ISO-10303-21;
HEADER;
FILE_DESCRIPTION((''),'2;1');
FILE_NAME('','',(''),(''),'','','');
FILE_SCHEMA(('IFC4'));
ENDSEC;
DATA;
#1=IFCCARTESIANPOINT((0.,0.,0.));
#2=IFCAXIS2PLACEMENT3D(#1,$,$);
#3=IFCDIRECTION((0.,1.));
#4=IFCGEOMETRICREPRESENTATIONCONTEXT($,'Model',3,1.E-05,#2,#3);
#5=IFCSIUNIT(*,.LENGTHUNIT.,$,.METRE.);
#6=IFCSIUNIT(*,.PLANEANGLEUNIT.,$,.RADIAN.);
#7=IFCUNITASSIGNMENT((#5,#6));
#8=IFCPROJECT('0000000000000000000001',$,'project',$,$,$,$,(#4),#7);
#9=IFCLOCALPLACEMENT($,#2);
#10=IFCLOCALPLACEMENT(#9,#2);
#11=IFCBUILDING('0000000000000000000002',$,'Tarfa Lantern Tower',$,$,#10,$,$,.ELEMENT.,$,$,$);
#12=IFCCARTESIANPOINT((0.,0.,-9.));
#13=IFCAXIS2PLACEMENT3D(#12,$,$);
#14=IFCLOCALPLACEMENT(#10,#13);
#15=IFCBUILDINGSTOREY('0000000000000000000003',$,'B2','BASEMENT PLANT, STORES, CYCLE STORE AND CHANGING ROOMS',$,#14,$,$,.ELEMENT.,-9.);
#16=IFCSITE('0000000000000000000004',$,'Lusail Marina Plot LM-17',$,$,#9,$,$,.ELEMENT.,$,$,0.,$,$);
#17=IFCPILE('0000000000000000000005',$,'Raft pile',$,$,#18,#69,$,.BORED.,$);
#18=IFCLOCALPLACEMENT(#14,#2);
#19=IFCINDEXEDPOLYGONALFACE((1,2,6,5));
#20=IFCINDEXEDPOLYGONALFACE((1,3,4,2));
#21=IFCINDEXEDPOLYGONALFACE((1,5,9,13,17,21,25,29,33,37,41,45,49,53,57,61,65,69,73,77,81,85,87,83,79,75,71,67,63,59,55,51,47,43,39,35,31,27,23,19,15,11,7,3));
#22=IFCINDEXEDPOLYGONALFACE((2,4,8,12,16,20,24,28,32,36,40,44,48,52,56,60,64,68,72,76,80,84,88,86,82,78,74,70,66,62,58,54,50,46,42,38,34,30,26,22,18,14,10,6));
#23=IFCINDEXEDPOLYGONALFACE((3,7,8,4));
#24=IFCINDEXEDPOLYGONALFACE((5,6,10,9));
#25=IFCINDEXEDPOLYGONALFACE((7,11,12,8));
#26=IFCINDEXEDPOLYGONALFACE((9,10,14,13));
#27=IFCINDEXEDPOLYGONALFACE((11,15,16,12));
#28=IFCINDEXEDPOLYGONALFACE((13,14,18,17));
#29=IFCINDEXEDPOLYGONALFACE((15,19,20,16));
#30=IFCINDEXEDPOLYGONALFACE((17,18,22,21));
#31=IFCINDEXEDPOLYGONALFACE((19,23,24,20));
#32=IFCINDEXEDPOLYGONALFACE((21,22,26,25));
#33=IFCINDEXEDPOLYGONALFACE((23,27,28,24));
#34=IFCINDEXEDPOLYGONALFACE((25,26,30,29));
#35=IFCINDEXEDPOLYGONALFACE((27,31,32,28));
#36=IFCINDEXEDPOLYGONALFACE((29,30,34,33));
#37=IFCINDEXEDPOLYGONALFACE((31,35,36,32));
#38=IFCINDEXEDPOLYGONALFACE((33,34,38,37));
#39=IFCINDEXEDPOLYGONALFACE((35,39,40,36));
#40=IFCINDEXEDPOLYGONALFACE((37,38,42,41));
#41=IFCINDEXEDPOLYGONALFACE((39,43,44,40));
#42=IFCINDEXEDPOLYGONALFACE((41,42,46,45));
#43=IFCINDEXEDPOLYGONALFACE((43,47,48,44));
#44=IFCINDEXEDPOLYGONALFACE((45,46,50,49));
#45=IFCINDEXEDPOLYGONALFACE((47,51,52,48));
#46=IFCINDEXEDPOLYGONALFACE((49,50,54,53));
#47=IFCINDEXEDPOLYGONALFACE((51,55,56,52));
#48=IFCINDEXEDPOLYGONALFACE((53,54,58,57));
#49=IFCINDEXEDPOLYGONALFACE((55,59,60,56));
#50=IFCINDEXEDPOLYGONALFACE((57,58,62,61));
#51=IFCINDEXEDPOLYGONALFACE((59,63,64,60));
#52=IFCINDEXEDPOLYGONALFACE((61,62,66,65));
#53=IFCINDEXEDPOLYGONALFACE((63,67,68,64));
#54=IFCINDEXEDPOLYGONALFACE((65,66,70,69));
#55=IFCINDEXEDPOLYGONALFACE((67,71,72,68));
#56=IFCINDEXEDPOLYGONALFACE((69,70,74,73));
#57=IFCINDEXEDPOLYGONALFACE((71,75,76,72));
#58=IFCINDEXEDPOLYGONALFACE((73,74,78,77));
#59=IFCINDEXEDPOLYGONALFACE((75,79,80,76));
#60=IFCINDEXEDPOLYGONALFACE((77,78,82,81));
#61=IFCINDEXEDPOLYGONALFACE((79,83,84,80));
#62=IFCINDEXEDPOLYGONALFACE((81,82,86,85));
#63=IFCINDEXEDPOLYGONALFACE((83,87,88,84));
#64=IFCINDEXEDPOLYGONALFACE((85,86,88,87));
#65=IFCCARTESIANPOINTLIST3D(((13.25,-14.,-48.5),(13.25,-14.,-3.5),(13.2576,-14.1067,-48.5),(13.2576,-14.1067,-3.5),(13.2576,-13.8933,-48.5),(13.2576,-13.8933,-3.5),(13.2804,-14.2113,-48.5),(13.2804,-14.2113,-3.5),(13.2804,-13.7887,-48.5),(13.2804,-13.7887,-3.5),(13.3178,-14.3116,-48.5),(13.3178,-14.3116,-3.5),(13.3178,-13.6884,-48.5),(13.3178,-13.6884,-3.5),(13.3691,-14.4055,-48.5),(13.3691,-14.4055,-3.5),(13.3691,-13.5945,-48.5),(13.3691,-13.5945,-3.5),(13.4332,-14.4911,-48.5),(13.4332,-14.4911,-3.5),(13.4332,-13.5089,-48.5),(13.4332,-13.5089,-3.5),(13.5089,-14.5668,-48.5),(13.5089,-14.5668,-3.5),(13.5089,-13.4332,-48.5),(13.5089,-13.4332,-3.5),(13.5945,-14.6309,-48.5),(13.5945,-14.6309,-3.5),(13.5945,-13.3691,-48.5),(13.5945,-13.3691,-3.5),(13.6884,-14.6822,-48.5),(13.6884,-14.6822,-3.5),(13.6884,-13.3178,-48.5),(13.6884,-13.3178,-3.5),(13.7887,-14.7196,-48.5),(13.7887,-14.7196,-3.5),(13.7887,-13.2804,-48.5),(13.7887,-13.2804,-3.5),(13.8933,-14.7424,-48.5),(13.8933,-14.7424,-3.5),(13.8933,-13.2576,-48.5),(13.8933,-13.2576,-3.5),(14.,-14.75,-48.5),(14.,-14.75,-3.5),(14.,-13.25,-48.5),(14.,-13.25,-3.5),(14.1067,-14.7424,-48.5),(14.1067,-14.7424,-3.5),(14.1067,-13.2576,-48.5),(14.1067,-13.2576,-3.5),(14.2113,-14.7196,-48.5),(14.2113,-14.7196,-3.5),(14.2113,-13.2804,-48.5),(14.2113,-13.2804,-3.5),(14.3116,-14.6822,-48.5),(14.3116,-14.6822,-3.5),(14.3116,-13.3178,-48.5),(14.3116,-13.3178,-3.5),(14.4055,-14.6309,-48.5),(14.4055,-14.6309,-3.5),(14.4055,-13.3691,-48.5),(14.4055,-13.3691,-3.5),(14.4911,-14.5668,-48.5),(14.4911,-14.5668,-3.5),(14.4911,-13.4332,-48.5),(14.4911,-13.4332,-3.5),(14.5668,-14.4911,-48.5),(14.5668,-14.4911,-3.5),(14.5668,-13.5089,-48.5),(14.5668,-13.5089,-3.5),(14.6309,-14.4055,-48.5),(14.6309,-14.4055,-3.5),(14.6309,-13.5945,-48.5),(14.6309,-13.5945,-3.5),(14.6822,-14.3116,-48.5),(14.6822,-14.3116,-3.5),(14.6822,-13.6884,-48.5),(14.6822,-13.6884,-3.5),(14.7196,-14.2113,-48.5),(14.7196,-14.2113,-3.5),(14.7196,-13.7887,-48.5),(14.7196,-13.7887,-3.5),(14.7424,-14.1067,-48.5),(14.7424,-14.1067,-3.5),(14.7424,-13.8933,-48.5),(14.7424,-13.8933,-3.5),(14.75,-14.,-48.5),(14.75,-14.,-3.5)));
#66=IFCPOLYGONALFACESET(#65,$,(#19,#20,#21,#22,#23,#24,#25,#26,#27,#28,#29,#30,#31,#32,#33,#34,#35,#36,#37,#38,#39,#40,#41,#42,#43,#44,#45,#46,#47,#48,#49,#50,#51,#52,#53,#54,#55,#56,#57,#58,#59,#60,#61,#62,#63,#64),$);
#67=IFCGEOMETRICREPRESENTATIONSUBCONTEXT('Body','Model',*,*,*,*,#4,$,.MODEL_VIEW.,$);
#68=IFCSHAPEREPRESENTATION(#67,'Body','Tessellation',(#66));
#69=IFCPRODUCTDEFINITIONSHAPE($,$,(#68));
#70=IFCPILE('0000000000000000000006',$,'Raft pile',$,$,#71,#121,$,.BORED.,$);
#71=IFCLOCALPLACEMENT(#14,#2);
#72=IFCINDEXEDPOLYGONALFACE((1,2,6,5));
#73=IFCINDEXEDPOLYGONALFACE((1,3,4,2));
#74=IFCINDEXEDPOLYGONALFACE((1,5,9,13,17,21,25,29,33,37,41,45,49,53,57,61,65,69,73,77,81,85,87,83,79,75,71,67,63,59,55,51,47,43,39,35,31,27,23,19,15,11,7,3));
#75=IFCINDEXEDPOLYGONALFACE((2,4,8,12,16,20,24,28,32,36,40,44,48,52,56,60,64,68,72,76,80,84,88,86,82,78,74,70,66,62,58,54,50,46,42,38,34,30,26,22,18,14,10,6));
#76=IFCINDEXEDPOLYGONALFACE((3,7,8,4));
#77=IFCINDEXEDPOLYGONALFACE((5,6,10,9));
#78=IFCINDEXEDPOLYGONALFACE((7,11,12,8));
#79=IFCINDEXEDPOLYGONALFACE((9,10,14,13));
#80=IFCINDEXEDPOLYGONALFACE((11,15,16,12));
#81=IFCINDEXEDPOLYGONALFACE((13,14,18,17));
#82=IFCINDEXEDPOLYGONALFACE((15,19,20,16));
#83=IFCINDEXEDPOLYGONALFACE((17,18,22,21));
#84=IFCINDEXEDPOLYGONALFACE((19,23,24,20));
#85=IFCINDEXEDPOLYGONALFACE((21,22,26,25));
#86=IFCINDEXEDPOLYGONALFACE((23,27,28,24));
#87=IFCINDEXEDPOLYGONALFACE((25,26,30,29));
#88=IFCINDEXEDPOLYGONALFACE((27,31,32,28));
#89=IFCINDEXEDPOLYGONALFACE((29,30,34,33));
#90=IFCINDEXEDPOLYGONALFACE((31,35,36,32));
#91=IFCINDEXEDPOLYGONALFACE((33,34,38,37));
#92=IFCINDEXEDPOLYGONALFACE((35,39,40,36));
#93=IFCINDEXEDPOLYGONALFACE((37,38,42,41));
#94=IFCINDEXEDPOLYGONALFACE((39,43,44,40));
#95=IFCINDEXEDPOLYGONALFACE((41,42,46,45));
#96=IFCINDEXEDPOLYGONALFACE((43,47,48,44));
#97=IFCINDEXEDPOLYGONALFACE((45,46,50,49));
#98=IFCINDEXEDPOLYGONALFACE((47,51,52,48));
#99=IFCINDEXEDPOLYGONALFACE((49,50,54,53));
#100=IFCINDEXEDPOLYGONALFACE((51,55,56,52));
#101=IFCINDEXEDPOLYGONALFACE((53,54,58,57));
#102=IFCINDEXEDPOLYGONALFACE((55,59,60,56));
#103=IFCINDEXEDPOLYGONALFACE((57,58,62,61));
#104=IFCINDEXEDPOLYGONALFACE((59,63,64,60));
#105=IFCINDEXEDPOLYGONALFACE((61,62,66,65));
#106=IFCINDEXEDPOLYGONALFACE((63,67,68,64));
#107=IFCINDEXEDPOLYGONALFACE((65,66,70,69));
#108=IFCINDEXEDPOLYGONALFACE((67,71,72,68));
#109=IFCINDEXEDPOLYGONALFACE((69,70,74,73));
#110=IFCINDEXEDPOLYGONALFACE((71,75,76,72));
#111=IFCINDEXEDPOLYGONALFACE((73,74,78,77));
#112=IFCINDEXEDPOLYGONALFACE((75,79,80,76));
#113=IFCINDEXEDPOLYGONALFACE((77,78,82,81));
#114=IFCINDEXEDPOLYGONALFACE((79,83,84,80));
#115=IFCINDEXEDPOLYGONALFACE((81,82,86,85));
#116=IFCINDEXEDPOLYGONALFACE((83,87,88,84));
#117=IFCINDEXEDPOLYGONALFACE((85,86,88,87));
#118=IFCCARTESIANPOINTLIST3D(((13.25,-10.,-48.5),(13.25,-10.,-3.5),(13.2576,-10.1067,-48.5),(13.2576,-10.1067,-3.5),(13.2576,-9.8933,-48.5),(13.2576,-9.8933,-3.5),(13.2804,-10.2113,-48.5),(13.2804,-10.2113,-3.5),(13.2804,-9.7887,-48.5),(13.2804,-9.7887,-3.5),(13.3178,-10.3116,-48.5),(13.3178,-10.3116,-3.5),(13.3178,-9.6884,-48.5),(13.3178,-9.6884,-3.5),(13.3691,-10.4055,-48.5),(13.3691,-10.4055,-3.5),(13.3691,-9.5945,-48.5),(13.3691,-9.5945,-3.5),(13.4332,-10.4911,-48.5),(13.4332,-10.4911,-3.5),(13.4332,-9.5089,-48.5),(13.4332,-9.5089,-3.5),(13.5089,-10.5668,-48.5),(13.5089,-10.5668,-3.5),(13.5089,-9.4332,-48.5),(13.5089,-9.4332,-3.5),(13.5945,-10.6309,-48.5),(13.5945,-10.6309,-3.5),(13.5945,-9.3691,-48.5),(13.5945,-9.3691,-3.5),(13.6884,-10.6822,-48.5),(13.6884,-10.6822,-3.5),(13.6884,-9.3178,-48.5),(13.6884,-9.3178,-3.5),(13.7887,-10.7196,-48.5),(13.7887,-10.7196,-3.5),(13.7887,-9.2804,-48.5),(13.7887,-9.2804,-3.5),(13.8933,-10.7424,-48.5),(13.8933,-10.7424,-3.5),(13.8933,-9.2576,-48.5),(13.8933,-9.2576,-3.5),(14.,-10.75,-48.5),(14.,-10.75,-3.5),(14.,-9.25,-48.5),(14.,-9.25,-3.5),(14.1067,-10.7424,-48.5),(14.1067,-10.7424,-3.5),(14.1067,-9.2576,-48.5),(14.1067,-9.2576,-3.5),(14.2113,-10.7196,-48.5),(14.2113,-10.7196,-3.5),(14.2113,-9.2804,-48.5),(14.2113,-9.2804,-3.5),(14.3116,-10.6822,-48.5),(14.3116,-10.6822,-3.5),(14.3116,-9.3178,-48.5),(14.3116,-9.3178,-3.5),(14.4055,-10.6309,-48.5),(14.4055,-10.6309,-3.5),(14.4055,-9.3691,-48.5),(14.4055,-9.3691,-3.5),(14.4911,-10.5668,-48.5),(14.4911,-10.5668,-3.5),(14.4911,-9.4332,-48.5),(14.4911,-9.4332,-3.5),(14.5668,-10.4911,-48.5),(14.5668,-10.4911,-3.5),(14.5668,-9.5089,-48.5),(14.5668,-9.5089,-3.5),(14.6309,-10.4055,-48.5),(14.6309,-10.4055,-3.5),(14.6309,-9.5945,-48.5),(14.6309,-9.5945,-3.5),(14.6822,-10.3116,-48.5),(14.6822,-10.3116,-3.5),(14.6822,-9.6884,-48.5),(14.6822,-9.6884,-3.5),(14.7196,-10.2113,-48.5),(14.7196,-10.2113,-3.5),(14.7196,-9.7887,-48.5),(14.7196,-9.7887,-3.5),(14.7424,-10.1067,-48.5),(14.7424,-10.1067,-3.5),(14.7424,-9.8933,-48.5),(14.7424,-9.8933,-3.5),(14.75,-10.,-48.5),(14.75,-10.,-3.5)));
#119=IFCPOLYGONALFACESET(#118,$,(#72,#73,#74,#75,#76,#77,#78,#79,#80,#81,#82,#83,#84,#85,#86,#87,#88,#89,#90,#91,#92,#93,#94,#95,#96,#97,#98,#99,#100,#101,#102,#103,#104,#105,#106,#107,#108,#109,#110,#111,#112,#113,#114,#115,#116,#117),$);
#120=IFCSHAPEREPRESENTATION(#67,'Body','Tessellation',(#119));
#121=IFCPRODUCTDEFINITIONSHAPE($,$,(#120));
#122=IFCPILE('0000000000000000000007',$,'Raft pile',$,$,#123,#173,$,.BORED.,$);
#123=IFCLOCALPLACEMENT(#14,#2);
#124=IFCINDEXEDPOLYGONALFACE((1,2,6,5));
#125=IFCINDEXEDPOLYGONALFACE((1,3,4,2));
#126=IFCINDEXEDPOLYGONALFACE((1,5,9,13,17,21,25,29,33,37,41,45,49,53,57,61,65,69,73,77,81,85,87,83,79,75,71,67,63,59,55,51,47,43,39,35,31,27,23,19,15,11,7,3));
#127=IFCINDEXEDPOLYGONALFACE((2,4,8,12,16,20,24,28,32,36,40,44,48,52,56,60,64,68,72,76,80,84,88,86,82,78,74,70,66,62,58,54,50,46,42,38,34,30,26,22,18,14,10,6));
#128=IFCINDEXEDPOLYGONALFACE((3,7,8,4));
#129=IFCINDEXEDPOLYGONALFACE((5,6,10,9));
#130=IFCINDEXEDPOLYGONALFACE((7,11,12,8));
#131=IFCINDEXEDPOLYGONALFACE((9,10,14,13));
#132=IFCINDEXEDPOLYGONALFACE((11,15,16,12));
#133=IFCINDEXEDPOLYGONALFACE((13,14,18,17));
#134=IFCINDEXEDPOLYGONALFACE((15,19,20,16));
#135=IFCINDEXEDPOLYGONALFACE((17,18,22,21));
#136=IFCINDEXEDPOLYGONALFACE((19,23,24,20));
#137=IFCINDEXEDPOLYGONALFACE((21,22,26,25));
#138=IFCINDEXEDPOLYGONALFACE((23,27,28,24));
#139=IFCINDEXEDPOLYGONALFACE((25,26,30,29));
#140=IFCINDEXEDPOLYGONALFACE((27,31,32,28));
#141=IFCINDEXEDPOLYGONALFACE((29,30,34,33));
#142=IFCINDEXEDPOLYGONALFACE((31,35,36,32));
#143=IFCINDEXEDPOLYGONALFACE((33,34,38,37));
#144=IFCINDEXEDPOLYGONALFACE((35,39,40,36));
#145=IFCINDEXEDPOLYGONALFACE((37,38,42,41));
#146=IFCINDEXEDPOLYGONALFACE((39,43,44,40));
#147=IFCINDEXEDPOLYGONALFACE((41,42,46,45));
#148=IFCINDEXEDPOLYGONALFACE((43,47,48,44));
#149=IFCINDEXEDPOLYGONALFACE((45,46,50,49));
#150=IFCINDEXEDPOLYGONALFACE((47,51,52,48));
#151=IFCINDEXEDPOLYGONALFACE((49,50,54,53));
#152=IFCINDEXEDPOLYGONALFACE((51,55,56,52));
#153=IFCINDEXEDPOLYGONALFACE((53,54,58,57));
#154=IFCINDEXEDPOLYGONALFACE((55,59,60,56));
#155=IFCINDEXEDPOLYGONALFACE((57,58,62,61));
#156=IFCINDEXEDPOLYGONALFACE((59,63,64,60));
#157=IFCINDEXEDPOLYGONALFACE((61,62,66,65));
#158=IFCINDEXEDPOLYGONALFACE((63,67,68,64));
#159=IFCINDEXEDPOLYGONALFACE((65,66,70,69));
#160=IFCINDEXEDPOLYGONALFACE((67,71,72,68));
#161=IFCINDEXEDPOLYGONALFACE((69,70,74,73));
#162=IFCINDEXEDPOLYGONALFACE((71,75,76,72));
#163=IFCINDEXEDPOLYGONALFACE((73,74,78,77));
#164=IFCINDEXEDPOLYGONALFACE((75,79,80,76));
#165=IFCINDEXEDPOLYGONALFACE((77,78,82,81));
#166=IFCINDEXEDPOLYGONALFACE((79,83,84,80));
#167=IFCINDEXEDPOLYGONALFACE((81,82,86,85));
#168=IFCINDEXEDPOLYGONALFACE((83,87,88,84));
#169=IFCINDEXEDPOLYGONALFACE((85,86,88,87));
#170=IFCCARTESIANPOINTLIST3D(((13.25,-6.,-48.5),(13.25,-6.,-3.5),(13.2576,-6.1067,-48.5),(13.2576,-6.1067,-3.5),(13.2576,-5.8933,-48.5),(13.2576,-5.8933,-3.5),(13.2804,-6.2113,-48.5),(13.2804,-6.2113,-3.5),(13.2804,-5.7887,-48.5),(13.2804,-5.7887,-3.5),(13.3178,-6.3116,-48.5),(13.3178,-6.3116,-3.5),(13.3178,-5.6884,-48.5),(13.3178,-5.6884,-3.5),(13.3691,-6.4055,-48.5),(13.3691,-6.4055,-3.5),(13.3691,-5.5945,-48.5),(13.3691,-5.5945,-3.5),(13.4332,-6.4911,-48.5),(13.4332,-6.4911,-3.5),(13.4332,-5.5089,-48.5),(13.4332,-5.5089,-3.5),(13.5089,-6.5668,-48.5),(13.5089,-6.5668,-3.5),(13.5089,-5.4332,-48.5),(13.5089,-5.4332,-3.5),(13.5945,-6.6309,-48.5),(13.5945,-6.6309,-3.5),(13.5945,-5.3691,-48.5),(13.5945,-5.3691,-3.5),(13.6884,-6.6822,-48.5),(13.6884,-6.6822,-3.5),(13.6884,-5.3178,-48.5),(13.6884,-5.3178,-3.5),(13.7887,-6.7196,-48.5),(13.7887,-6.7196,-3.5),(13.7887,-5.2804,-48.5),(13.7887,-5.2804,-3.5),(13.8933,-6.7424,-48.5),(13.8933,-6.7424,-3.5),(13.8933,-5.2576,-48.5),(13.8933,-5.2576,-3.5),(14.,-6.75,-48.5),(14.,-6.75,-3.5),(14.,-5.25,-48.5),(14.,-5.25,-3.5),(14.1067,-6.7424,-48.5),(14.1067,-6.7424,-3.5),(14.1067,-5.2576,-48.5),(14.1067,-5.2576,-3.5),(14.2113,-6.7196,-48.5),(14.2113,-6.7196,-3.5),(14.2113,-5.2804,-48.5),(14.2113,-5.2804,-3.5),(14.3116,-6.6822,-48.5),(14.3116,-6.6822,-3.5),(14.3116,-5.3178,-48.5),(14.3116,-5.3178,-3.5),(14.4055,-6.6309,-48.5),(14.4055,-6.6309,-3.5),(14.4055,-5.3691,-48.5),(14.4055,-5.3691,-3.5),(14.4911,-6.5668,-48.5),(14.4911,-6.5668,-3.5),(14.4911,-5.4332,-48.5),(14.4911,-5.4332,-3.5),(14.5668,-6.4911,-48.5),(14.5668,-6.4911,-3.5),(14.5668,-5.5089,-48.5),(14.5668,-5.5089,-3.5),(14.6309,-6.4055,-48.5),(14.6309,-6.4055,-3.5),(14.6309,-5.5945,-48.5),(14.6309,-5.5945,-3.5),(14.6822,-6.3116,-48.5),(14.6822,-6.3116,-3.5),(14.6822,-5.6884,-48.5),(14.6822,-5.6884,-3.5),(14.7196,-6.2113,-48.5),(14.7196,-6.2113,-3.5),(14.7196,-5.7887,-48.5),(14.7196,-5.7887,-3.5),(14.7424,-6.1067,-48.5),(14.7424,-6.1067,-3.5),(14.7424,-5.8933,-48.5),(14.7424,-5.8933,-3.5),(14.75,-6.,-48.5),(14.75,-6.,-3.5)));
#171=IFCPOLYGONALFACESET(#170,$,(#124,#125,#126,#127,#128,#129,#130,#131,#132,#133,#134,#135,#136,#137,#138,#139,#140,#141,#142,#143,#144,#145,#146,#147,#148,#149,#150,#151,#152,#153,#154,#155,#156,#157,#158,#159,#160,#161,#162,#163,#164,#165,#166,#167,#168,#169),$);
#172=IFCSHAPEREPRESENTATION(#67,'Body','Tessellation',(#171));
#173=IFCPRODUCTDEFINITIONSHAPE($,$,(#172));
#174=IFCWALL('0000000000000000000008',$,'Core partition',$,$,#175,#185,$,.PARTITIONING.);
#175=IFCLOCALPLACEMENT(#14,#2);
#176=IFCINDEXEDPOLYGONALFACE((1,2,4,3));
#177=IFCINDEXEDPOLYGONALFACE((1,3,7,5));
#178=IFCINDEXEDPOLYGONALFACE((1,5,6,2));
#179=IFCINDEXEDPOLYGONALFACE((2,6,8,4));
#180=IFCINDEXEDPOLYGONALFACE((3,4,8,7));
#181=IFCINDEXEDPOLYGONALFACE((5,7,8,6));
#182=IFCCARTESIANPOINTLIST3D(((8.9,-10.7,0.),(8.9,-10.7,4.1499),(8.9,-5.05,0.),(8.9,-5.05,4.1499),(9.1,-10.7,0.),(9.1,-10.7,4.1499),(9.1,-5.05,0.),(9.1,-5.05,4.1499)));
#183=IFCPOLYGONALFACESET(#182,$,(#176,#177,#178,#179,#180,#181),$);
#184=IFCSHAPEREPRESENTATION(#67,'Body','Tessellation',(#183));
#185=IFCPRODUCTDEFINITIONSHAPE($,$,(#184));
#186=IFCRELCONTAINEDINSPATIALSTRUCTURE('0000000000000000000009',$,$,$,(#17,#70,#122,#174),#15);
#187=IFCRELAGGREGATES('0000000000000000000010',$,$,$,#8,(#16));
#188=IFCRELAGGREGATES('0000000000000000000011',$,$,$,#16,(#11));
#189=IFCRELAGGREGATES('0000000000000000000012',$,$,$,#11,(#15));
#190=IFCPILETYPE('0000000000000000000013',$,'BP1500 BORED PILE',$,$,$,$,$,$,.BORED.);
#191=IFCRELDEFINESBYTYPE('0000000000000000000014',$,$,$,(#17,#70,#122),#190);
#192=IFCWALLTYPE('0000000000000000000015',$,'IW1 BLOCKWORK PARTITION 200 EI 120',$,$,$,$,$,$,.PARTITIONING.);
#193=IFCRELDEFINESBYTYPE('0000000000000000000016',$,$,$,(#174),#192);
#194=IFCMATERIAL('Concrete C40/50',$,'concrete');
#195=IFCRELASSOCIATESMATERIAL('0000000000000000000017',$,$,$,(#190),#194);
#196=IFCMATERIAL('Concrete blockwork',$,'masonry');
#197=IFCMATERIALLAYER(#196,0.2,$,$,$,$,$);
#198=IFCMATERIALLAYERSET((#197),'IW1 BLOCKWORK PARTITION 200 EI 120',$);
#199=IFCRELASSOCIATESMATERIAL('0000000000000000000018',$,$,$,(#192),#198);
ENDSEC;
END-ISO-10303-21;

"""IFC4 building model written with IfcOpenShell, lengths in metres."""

from ifc_helpers import new_model, si_unit, direction, frame, frame_2d, origin, origin_2d, place, context, subcontext, project, spatial, rectangle, circle, extrude, material, layer, layer_set, material_profile, profile_set, type_object, element, save


model = new_model("IFC4")

# Units and contexts
model_context = context("Model", 3, precision=1e-05, world=origin(), true_north=direction((0.0, 1.0)))
body_context = subcontext(model_context, "Body", "Model", "MODEL_VIEW")
ifc_project = project(units=[si_unit("LENGTHUNIT", "METRE"), si_unit("PLANEANGLEUNIT", "RADIAN")], contexts=[model_context])

# Site, building, storey
site_placement = place(None, origin())
site = spatial("IfcSite", under=ifc_project, at=site_placement, Name="Lusail Marina Plot LM-17", CompositionType="ELEMENT", RefElevation=0.0)
building_placement = place(site_placement, origin())
building = spatial("IfcBuilding", under=site, at=building_placement, Name="Tarfa Lantern Tower", CompositionType="ELEMENT")
storey_placement = place(building_placement, frame((0.0, 0.0, -9.0)))
storey = spatial("IfcBuildingStorey", under=building, at=storey_placement, Name="B2", Description="BASEMENT PLANT, STORES, CYCLE STORE AND CHANGING ROOMS", CompositionType="ELEMENT", Elevation=-9.0)

# Piles
ifc_material_1 = material(Name="Concrete C40/50", Category="concrete")
ifc_material_profile = material_profile(ifc_material_1, circle(Radius=0.75, at=origin_2d()), Name="BORED PILE D1500")
ifc_profile_set = profile_set([ifc_material_profile], Name="Concrete C40/50")
pile_type = type_object("IfcPileType", Name="BP1500 BORED PILE", PredefinedType="BORED", material=ifc_profile_set)
for number, where, z_axis, x_axis, name in (
    (1, (14.0, -14.0, -3.5), (0.0, 0.0, -1.0), (1.0, 0.0, 0.0), "Raft pile"),
    (2, (14.0, -10.0, -3.5), (0.0, 0.0, -1.0), (1.0, 0.0, 0.0), "Raft pile"),
    (3, (14.0, -6.0, -3.5), (0.0, 0.0, -1.0), (1.0, 0.0, 0.0), "Raft pile"),
):
    element("IfcPile", number, at=place(storey_placement, frame(where, z_axis=z_axis, x_axis=x_axis)), inside=storey, type_object=pile_type, Name=name, PredefinedType="BORED", context=body_context, shape_type="SweptSolid", body=[
        extrude(circle(Radius=0.75, at=origin_2d()), origin(), (0.0, 0.0, 1.0), 45.0),
    ])

# Wall
ifc_material_2 = material(Name="Concrete blockwork", Category="masonry")
ifc_layer_1 = layer(ifc_material_2, 0.2)
ifc_layer_set_1 = layer_set([ifc_layer_1], Name="IW1 BLOCKWORK PARTITION 200 EI 120")
wall_type_1 = type_object("IfcWallType", Name="IW1 BLOCKWORK PARTITION 200 EI 120", PredefinedType="PARTITIONING", material=ifc_layer_set_1)
wall_1_placement = place(storey_placement, frame((9.0, -5.05, 0.0), z_axis=(0.0, 0.0, 1.0), x_axis=(0.0, -1.0, 0.0)))
element("IfcWall", 4, at=wall_1_placement, inside=storey, type_object=wall_type_1, Name="Core partition", PredefinedType="PARTITIONING", context=body_context, shape_type="SweptSolid", body=[
    extrude(rectangle(XDim=5.6499, YDim=0.2, at=frame_2d((2.825, 0.0))), origin(), (0.0, 0.0, 1.0), 4.1499),
])

save(model, "model.ifc")
